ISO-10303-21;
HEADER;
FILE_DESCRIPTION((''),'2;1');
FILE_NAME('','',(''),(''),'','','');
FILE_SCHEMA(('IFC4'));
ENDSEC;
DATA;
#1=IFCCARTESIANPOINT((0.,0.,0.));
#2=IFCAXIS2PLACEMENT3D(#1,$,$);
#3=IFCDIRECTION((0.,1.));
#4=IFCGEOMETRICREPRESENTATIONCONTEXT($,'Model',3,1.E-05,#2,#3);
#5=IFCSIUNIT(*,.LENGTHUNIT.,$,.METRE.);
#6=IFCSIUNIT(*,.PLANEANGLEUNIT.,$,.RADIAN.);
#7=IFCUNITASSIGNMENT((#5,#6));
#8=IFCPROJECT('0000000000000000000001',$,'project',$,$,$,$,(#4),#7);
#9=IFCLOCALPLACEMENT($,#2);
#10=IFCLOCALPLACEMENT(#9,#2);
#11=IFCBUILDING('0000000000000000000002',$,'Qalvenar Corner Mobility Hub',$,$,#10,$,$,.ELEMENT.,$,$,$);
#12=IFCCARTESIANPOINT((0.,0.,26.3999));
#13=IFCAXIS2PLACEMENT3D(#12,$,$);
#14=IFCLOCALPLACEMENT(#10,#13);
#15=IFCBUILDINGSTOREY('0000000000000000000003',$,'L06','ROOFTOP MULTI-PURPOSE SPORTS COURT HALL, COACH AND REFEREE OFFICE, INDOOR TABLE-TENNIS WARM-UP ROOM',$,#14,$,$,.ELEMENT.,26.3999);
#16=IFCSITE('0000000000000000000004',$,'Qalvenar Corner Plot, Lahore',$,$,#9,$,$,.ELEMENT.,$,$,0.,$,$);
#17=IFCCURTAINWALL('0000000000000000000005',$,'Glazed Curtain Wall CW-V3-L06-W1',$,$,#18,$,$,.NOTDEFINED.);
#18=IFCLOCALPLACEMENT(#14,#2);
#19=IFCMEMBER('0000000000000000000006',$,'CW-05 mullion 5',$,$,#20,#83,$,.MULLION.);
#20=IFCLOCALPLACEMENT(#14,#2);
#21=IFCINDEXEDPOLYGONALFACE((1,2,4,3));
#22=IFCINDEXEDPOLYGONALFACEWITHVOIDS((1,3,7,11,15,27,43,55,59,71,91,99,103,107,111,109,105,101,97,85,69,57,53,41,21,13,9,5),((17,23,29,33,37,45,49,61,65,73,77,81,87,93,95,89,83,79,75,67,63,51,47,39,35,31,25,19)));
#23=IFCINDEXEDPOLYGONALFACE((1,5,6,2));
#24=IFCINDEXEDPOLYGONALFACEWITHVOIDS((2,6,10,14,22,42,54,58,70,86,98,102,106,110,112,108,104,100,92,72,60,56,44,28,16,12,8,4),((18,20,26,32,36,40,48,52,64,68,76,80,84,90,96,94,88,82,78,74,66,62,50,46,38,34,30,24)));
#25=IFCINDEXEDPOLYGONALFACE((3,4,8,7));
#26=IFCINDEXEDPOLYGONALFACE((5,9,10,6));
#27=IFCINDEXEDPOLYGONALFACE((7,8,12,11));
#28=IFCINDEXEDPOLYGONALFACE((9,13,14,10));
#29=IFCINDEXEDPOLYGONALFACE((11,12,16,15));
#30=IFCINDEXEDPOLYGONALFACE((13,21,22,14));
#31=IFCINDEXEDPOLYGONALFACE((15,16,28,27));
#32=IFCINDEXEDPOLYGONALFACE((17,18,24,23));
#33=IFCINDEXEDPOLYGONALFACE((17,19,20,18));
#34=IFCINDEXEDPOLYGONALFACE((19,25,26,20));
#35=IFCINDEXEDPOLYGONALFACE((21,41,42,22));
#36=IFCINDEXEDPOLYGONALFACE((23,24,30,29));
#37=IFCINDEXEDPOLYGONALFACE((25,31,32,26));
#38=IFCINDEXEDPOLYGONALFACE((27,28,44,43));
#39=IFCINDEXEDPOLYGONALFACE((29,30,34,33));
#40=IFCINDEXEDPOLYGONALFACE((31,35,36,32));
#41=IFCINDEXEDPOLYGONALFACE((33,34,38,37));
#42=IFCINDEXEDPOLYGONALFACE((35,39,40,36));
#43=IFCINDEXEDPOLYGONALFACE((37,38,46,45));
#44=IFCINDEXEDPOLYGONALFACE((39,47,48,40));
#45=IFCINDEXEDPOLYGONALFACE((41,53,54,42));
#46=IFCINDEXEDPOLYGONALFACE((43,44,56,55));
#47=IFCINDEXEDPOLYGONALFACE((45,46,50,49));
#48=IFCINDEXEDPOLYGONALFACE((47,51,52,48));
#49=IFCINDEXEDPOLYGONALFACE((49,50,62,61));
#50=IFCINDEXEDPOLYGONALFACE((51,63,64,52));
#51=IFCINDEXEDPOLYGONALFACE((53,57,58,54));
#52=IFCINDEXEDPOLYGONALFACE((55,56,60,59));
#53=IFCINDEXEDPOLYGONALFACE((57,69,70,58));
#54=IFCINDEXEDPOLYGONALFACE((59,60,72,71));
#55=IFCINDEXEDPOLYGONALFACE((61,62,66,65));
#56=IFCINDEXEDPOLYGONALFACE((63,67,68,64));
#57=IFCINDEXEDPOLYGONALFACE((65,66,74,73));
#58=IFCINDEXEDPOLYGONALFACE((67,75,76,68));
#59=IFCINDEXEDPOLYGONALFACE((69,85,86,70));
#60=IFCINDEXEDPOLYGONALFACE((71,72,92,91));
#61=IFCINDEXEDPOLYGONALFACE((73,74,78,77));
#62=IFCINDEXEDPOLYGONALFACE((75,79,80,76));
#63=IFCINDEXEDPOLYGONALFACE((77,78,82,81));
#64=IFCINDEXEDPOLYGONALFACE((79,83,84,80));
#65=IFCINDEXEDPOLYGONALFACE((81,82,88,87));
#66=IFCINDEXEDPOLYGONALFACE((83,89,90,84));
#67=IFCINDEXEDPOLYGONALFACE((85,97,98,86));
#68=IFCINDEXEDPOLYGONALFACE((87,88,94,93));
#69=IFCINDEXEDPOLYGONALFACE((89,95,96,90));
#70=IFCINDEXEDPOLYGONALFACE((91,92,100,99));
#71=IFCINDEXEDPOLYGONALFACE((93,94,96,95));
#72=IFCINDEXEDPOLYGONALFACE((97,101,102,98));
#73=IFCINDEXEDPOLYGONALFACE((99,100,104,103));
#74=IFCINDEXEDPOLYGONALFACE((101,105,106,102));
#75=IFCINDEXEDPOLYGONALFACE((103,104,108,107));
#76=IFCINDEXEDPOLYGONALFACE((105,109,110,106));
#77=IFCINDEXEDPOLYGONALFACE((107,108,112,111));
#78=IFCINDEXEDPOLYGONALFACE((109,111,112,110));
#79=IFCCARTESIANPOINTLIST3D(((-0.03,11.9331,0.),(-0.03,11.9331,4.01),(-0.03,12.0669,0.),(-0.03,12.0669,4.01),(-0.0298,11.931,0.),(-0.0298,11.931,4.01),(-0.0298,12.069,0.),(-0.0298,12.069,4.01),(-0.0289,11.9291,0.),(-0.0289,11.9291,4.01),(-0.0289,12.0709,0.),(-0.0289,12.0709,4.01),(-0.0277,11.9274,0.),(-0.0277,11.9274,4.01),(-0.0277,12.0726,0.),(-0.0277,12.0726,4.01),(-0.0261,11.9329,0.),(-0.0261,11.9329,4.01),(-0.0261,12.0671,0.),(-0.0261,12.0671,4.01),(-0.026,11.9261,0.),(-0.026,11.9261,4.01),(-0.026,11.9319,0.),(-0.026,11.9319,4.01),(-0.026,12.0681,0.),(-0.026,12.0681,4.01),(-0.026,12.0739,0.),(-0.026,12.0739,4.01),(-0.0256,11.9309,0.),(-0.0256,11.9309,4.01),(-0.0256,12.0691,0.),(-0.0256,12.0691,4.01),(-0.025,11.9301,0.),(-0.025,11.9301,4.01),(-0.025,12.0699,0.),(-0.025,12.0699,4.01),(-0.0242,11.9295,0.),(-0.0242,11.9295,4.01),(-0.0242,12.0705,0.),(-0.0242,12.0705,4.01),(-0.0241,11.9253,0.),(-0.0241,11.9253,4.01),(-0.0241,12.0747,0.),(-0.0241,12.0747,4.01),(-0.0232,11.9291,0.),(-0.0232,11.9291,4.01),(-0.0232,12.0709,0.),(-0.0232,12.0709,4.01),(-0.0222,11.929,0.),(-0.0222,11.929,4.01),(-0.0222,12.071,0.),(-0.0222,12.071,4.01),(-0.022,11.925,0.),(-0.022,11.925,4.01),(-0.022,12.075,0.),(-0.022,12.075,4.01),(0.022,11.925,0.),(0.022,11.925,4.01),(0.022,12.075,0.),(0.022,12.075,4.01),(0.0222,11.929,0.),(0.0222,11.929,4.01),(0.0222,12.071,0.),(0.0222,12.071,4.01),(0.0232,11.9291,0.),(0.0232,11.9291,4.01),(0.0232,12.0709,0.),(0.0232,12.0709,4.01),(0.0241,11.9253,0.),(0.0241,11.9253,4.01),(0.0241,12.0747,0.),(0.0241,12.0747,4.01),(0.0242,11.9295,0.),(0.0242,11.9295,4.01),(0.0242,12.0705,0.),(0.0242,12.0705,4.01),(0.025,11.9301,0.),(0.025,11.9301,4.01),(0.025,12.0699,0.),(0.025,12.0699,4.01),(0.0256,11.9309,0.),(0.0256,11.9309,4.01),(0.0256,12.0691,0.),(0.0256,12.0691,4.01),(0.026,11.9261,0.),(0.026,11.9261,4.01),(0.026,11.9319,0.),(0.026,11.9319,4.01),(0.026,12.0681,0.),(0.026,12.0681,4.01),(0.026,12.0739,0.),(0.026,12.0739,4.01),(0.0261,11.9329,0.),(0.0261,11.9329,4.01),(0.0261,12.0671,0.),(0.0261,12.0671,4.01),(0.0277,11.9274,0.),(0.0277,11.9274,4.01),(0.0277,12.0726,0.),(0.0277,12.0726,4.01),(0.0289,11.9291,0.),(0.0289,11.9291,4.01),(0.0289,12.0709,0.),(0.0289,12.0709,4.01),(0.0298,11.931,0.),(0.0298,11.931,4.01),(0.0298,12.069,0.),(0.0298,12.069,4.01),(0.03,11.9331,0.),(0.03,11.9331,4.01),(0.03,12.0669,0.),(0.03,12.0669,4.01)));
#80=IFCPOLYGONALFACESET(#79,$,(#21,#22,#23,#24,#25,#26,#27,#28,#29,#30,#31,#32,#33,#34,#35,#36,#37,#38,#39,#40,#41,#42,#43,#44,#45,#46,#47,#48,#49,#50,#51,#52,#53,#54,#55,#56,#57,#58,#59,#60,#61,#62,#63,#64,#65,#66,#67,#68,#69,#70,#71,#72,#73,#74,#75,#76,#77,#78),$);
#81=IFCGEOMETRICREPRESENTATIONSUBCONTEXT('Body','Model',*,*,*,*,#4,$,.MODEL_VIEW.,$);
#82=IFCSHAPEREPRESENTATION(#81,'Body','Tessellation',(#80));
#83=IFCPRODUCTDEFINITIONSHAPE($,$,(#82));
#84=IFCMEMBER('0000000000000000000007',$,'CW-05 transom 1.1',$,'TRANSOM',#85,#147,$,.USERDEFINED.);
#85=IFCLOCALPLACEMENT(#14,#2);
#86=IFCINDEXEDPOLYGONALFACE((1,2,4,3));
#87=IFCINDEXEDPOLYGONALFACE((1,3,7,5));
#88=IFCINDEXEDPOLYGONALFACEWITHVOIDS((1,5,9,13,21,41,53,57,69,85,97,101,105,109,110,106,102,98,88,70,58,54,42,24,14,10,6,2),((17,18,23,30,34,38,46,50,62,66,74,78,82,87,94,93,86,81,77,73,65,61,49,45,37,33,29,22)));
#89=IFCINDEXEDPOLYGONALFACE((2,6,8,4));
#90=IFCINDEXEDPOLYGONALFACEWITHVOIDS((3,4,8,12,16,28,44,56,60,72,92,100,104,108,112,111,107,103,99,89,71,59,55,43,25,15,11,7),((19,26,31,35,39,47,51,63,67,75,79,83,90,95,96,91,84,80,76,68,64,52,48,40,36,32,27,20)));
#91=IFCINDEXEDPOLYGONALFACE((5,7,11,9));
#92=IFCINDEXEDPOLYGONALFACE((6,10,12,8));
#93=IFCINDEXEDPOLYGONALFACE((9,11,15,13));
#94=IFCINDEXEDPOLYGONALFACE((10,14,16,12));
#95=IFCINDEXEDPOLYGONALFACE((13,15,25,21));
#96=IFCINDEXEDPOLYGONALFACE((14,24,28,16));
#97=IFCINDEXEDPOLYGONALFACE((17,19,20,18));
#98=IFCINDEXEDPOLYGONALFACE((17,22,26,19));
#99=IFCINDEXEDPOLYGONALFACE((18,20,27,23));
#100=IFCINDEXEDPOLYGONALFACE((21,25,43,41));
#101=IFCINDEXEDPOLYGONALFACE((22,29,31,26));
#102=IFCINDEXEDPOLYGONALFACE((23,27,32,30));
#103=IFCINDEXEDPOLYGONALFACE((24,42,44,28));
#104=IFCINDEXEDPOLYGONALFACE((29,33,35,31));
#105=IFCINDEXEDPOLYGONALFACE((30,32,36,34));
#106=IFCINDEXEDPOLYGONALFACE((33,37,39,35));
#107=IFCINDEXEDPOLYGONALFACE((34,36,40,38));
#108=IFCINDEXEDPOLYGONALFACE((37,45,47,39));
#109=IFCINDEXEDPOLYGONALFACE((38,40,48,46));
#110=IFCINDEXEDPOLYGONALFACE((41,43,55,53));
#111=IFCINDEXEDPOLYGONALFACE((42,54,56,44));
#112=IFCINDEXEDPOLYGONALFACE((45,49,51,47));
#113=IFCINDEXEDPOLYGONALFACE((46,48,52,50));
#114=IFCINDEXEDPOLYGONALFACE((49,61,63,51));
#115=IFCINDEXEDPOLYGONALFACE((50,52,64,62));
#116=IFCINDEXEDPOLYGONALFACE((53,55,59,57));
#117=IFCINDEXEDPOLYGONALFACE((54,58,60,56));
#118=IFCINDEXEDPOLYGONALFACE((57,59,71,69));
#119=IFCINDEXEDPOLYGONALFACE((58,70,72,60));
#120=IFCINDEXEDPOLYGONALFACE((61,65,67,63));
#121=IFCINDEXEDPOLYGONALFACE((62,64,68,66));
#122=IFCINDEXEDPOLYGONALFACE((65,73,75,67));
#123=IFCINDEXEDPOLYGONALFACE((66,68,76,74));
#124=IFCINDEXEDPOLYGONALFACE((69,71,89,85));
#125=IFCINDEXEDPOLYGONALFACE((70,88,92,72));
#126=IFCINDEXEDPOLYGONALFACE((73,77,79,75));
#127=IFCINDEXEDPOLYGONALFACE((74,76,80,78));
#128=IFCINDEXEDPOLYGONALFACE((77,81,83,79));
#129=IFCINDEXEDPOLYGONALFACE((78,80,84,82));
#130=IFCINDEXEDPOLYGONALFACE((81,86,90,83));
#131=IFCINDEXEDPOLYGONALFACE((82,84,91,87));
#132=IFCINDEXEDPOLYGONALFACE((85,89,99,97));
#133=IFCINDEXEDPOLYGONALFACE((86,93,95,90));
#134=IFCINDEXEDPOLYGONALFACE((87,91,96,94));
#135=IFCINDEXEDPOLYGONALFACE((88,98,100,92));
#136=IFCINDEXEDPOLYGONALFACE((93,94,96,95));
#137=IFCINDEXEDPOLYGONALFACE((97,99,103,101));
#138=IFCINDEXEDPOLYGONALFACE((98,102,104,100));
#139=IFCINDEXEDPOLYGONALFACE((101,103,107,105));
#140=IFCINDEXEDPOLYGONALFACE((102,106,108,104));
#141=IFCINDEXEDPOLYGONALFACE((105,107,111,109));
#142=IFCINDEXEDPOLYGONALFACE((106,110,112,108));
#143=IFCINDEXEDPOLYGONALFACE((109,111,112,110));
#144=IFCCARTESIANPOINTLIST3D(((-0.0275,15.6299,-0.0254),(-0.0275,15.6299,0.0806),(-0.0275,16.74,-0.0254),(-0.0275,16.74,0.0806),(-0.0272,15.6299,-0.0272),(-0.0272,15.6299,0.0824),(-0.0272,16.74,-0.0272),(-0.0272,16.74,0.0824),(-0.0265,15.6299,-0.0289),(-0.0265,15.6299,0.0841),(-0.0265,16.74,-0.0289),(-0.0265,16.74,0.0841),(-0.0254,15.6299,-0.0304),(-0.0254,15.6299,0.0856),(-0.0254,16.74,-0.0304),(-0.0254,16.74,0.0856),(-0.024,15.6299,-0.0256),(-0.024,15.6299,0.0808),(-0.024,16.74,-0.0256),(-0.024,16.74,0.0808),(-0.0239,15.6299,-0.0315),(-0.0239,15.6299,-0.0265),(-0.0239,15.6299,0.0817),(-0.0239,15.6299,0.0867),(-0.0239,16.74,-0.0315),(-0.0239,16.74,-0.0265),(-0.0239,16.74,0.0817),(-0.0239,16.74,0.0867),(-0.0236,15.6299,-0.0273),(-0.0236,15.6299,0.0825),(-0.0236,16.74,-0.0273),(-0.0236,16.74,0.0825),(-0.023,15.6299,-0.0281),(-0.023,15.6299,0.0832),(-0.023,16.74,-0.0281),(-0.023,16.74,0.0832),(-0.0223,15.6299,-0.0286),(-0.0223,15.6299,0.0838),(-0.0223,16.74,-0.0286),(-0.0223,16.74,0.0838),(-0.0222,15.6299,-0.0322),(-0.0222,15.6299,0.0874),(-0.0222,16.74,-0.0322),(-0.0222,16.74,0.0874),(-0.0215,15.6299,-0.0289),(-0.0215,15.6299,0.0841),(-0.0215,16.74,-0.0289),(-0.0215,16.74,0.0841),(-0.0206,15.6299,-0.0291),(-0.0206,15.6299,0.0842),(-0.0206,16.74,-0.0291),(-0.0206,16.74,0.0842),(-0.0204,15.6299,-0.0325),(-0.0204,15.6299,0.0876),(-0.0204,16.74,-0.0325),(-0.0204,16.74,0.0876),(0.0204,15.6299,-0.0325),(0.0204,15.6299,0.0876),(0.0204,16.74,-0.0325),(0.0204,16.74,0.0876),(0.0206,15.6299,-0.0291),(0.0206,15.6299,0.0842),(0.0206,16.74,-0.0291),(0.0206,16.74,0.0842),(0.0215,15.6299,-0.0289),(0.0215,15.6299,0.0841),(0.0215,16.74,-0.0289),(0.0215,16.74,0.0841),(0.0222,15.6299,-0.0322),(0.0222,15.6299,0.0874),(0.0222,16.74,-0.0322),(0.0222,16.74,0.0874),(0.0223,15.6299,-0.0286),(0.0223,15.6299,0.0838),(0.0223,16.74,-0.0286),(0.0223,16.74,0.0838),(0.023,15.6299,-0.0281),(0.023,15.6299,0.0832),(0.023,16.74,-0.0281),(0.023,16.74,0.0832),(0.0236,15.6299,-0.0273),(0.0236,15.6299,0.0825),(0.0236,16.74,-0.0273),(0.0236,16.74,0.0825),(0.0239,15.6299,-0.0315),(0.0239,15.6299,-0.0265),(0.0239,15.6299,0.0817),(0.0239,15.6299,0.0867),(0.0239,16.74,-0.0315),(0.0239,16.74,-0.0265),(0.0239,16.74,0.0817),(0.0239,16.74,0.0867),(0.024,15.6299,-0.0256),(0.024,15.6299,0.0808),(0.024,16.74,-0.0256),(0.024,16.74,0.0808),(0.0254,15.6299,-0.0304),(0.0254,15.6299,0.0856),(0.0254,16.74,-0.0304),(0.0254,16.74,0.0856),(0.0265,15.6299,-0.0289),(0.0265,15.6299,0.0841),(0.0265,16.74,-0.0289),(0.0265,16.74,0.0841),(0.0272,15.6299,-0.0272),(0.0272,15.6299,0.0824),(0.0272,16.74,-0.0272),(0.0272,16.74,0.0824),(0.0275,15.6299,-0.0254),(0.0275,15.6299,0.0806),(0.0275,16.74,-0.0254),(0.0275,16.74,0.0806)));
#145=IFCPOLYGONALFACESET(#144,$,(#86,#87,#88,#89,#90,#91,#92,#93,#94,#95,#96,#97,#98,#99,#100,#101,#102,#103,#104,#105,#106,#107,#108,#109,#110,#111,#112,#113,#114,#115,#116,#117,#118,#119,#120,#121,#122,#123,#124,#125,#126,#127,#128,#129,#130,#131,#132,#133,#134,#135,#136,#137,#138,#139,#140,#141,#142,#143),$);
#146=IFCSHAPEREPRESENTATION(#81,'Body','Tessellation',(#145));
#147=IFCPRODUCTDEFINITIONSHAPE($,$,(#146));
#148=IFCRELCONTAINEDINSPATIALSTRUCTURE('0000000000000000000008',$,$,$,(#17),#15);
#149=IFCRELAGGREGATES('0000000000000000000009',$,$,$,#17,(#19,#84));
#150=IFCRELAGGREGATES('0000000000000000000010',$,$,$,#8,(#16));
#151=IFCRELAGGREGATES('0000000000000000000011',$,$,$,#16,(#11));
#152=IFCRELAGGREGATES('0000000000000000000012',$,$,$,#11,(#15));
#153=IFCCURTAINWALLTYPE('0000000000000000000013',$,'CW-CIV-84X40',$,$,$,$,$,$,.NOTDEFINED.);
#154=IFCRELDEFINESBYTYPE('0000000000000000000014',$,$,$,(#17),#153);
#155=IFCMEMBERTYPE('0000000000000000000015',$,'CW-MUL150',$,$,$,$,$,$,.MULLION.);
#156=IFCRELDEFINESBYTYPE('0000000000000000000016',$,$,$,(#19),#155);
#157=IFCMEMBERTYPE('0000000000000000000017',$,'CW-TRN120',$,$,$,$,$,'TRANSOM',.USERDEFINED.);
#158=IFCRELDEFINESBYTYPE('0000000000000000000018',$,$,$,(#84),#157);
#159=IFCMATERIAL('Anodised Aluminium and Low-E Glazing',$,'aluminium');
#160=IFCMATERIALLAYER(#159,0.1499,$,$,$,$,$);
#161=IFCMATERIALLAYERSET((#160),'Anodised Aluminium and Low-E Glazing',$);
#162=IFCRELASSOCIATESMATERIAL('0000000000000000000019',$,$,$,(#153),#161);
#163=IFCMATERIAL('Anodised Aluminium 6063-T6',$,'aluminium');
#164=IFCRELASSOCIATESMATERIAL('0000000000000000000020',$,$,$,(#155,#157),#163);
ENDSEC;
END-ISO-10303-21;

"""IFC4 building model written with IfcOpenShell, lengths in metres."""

from ifc_helpers import new_model, si_unit, direction, frame, origin, origin_2d, place, context, subcontext, project, spatial, hollow_rectangle, extrude, material, layer, layer_set, material_profile, profile_set, type_object, element, aggregate, save


model = new_model("IFC4")

# Units and contexts
model_context = context("Model", 3, precision=1e-05, world=origin(), true_north=direction((0.0, 1.0)))
body_context = subcontext(model_context, "Body", "Model", "MODEL_VIEW")
ifc_project = project(units=[si_unit("LENGTHUNIT", "METRE"), si_unit("PLANEANGLEUNIT", "RADIAN")], contexts=[model_context])

# Site, building, storey
site_placement = place(None, origin())
site = spatial("IfcSite", under=ifc_project, at=site_placement, Name="Qalvenar Corner Plot, Lahore", CompositionType="ELEMENT", RefElevation=0.0)
building_placement = place(site_placement, origin())
building = spatial("IfcBuilding", under=site, at=building_placement, Name="Qalvenar Corner Mobility Hub", CompositionType="ELEMENT")
storey_placement = place(building_placement, frame((0.0, 0.0, 26.3999)))
storey = spatial("IfcBuildingStorey", under=building, at=storey_placement, Name="L06", Description="ROOFTOP MULTI-PURPOSE SPORTS COURT HALL, COACH AND REFEREE OFFICE, INDOOR TABLE-TENNIS WARM-UP ROOM", CompositionType="ELEMENT", Elevation=26.3999)

# Curtain wall, members
ifc_material_1 = material(Name="Anodised Aluminium and Low-E Glazing", Category="aluminium")
ifc_layer_1 = layer(ifc_material_1, 0.1499)
ifc_layer_set_1 = layer_set([ifc_layer_1], Name="Anodised Aluminium and Low-E Glazing")
curtain_wall_type = type_object("IfcCurtainWallType", Name="CW-CIV-84X40", PredefinedType="NOTDEFINED", material=ifc_layer_set_1)
curtain_wall_placement = place(storey_placement, origin())
curtain_wall = element("IfcCurtainWall", 1, at=curtain_wall_placement, inside=storey, type_object=curtain_wall_type, Name="Glazed Curtain Wall CW-V3-L06-W1", PredefinedType="NOTDEFINED")
ifc_material_2 = material(Name="Anodised Aluminium 6063-T6", Category="aluminium")
ifc_material_profile_1 = material_profile(ifc_material_2, hollow_rectangle(XDim=0.0601, YDim=0.1499, WallThickness=0.0039, InnerFilletRadius=0.0039, OuterFilletRadius=0.0081, at=origin_2d()), Name="RHS150x60x4")
ifc_profile_set_1 = profile_set([ifc_material_profile_1], Name="Anodised Aluminium 6063-T6")
member_type_1 = type_object("IfcMemberType", Name="CW-MUL150", PredefinedType="MULLION", material=ifc_profile_set_1)
member_1_placement = place(storey_placement, frame((0.0, 12.0, 0.0), z_axis=(0.0, 0.0, 1.0), x_axis=(1.0, 0.0, 0.0)))
member_1 = element("IfcMember", 2, at=member_1_placement, type_object=member_type_1, Name="CW-05 mullion 5", PredefinedType="MULLION", context=body_context, shape_type="SweptSolid", body=[
    extrude(hollow_rectangle(XDim=0.0601, YDim=0.1499, WallThickness=0.0039, InnerFilletRadius=0.0039, OuterFilletRadius=0.0081, at=origin_2d()), origin(), (0.0, 0.0, 1.0), 4.01),
])
ifc_material_profile_2 = material_profile(ifc_material_2, hollow_rectangle(XDim=0.0549, YDim=0.1201, WallThickness=0.0034, InnerFilletRadius=0.0034, OuterFilletRadius=0.0071, at=origin_2d()), Name="RHS120x55x3.5")
ifc_profile_set_2 = profile_set([ifc_material_profile_2], Name="Anodised Aluminium 6063-T6")
member_type_2 = type_object("IfcMemberType", Name="CW-TRN120", ElementType="TRANSOM", PredefinedType="USERDEFINED", material=ifc_profile_set_2)
member_2_placement = place(storey_placement, frame((0.0, 16.74, 0.0276), z_axis=(0.0, -1.0, 0.0), x_axis=(1.0, 0.0, 0.0)))
member_2 = element("IfcMember", 3, at=member_2_placement, type_object=member_type_2, Name="CW-05 transom 1.1", ObjectType="TRANSOM", PredefinedType="USERDEFINED", context=body_context, shape_type="SweptSolid", body=[
    extrude(hollow_rectangle(XDim=0.0549, YDim=0.1201, WallThickness=0.0034, InnerFilletRadius=0.0034, OuterFilletRadius=0.0071, at=origin_2d()), origin(), (0.0, 0.0, 1.0), 1.1101),
])
aggregate(curtain_wall, [member_1, member_2])

save(model, "model.ifc")
